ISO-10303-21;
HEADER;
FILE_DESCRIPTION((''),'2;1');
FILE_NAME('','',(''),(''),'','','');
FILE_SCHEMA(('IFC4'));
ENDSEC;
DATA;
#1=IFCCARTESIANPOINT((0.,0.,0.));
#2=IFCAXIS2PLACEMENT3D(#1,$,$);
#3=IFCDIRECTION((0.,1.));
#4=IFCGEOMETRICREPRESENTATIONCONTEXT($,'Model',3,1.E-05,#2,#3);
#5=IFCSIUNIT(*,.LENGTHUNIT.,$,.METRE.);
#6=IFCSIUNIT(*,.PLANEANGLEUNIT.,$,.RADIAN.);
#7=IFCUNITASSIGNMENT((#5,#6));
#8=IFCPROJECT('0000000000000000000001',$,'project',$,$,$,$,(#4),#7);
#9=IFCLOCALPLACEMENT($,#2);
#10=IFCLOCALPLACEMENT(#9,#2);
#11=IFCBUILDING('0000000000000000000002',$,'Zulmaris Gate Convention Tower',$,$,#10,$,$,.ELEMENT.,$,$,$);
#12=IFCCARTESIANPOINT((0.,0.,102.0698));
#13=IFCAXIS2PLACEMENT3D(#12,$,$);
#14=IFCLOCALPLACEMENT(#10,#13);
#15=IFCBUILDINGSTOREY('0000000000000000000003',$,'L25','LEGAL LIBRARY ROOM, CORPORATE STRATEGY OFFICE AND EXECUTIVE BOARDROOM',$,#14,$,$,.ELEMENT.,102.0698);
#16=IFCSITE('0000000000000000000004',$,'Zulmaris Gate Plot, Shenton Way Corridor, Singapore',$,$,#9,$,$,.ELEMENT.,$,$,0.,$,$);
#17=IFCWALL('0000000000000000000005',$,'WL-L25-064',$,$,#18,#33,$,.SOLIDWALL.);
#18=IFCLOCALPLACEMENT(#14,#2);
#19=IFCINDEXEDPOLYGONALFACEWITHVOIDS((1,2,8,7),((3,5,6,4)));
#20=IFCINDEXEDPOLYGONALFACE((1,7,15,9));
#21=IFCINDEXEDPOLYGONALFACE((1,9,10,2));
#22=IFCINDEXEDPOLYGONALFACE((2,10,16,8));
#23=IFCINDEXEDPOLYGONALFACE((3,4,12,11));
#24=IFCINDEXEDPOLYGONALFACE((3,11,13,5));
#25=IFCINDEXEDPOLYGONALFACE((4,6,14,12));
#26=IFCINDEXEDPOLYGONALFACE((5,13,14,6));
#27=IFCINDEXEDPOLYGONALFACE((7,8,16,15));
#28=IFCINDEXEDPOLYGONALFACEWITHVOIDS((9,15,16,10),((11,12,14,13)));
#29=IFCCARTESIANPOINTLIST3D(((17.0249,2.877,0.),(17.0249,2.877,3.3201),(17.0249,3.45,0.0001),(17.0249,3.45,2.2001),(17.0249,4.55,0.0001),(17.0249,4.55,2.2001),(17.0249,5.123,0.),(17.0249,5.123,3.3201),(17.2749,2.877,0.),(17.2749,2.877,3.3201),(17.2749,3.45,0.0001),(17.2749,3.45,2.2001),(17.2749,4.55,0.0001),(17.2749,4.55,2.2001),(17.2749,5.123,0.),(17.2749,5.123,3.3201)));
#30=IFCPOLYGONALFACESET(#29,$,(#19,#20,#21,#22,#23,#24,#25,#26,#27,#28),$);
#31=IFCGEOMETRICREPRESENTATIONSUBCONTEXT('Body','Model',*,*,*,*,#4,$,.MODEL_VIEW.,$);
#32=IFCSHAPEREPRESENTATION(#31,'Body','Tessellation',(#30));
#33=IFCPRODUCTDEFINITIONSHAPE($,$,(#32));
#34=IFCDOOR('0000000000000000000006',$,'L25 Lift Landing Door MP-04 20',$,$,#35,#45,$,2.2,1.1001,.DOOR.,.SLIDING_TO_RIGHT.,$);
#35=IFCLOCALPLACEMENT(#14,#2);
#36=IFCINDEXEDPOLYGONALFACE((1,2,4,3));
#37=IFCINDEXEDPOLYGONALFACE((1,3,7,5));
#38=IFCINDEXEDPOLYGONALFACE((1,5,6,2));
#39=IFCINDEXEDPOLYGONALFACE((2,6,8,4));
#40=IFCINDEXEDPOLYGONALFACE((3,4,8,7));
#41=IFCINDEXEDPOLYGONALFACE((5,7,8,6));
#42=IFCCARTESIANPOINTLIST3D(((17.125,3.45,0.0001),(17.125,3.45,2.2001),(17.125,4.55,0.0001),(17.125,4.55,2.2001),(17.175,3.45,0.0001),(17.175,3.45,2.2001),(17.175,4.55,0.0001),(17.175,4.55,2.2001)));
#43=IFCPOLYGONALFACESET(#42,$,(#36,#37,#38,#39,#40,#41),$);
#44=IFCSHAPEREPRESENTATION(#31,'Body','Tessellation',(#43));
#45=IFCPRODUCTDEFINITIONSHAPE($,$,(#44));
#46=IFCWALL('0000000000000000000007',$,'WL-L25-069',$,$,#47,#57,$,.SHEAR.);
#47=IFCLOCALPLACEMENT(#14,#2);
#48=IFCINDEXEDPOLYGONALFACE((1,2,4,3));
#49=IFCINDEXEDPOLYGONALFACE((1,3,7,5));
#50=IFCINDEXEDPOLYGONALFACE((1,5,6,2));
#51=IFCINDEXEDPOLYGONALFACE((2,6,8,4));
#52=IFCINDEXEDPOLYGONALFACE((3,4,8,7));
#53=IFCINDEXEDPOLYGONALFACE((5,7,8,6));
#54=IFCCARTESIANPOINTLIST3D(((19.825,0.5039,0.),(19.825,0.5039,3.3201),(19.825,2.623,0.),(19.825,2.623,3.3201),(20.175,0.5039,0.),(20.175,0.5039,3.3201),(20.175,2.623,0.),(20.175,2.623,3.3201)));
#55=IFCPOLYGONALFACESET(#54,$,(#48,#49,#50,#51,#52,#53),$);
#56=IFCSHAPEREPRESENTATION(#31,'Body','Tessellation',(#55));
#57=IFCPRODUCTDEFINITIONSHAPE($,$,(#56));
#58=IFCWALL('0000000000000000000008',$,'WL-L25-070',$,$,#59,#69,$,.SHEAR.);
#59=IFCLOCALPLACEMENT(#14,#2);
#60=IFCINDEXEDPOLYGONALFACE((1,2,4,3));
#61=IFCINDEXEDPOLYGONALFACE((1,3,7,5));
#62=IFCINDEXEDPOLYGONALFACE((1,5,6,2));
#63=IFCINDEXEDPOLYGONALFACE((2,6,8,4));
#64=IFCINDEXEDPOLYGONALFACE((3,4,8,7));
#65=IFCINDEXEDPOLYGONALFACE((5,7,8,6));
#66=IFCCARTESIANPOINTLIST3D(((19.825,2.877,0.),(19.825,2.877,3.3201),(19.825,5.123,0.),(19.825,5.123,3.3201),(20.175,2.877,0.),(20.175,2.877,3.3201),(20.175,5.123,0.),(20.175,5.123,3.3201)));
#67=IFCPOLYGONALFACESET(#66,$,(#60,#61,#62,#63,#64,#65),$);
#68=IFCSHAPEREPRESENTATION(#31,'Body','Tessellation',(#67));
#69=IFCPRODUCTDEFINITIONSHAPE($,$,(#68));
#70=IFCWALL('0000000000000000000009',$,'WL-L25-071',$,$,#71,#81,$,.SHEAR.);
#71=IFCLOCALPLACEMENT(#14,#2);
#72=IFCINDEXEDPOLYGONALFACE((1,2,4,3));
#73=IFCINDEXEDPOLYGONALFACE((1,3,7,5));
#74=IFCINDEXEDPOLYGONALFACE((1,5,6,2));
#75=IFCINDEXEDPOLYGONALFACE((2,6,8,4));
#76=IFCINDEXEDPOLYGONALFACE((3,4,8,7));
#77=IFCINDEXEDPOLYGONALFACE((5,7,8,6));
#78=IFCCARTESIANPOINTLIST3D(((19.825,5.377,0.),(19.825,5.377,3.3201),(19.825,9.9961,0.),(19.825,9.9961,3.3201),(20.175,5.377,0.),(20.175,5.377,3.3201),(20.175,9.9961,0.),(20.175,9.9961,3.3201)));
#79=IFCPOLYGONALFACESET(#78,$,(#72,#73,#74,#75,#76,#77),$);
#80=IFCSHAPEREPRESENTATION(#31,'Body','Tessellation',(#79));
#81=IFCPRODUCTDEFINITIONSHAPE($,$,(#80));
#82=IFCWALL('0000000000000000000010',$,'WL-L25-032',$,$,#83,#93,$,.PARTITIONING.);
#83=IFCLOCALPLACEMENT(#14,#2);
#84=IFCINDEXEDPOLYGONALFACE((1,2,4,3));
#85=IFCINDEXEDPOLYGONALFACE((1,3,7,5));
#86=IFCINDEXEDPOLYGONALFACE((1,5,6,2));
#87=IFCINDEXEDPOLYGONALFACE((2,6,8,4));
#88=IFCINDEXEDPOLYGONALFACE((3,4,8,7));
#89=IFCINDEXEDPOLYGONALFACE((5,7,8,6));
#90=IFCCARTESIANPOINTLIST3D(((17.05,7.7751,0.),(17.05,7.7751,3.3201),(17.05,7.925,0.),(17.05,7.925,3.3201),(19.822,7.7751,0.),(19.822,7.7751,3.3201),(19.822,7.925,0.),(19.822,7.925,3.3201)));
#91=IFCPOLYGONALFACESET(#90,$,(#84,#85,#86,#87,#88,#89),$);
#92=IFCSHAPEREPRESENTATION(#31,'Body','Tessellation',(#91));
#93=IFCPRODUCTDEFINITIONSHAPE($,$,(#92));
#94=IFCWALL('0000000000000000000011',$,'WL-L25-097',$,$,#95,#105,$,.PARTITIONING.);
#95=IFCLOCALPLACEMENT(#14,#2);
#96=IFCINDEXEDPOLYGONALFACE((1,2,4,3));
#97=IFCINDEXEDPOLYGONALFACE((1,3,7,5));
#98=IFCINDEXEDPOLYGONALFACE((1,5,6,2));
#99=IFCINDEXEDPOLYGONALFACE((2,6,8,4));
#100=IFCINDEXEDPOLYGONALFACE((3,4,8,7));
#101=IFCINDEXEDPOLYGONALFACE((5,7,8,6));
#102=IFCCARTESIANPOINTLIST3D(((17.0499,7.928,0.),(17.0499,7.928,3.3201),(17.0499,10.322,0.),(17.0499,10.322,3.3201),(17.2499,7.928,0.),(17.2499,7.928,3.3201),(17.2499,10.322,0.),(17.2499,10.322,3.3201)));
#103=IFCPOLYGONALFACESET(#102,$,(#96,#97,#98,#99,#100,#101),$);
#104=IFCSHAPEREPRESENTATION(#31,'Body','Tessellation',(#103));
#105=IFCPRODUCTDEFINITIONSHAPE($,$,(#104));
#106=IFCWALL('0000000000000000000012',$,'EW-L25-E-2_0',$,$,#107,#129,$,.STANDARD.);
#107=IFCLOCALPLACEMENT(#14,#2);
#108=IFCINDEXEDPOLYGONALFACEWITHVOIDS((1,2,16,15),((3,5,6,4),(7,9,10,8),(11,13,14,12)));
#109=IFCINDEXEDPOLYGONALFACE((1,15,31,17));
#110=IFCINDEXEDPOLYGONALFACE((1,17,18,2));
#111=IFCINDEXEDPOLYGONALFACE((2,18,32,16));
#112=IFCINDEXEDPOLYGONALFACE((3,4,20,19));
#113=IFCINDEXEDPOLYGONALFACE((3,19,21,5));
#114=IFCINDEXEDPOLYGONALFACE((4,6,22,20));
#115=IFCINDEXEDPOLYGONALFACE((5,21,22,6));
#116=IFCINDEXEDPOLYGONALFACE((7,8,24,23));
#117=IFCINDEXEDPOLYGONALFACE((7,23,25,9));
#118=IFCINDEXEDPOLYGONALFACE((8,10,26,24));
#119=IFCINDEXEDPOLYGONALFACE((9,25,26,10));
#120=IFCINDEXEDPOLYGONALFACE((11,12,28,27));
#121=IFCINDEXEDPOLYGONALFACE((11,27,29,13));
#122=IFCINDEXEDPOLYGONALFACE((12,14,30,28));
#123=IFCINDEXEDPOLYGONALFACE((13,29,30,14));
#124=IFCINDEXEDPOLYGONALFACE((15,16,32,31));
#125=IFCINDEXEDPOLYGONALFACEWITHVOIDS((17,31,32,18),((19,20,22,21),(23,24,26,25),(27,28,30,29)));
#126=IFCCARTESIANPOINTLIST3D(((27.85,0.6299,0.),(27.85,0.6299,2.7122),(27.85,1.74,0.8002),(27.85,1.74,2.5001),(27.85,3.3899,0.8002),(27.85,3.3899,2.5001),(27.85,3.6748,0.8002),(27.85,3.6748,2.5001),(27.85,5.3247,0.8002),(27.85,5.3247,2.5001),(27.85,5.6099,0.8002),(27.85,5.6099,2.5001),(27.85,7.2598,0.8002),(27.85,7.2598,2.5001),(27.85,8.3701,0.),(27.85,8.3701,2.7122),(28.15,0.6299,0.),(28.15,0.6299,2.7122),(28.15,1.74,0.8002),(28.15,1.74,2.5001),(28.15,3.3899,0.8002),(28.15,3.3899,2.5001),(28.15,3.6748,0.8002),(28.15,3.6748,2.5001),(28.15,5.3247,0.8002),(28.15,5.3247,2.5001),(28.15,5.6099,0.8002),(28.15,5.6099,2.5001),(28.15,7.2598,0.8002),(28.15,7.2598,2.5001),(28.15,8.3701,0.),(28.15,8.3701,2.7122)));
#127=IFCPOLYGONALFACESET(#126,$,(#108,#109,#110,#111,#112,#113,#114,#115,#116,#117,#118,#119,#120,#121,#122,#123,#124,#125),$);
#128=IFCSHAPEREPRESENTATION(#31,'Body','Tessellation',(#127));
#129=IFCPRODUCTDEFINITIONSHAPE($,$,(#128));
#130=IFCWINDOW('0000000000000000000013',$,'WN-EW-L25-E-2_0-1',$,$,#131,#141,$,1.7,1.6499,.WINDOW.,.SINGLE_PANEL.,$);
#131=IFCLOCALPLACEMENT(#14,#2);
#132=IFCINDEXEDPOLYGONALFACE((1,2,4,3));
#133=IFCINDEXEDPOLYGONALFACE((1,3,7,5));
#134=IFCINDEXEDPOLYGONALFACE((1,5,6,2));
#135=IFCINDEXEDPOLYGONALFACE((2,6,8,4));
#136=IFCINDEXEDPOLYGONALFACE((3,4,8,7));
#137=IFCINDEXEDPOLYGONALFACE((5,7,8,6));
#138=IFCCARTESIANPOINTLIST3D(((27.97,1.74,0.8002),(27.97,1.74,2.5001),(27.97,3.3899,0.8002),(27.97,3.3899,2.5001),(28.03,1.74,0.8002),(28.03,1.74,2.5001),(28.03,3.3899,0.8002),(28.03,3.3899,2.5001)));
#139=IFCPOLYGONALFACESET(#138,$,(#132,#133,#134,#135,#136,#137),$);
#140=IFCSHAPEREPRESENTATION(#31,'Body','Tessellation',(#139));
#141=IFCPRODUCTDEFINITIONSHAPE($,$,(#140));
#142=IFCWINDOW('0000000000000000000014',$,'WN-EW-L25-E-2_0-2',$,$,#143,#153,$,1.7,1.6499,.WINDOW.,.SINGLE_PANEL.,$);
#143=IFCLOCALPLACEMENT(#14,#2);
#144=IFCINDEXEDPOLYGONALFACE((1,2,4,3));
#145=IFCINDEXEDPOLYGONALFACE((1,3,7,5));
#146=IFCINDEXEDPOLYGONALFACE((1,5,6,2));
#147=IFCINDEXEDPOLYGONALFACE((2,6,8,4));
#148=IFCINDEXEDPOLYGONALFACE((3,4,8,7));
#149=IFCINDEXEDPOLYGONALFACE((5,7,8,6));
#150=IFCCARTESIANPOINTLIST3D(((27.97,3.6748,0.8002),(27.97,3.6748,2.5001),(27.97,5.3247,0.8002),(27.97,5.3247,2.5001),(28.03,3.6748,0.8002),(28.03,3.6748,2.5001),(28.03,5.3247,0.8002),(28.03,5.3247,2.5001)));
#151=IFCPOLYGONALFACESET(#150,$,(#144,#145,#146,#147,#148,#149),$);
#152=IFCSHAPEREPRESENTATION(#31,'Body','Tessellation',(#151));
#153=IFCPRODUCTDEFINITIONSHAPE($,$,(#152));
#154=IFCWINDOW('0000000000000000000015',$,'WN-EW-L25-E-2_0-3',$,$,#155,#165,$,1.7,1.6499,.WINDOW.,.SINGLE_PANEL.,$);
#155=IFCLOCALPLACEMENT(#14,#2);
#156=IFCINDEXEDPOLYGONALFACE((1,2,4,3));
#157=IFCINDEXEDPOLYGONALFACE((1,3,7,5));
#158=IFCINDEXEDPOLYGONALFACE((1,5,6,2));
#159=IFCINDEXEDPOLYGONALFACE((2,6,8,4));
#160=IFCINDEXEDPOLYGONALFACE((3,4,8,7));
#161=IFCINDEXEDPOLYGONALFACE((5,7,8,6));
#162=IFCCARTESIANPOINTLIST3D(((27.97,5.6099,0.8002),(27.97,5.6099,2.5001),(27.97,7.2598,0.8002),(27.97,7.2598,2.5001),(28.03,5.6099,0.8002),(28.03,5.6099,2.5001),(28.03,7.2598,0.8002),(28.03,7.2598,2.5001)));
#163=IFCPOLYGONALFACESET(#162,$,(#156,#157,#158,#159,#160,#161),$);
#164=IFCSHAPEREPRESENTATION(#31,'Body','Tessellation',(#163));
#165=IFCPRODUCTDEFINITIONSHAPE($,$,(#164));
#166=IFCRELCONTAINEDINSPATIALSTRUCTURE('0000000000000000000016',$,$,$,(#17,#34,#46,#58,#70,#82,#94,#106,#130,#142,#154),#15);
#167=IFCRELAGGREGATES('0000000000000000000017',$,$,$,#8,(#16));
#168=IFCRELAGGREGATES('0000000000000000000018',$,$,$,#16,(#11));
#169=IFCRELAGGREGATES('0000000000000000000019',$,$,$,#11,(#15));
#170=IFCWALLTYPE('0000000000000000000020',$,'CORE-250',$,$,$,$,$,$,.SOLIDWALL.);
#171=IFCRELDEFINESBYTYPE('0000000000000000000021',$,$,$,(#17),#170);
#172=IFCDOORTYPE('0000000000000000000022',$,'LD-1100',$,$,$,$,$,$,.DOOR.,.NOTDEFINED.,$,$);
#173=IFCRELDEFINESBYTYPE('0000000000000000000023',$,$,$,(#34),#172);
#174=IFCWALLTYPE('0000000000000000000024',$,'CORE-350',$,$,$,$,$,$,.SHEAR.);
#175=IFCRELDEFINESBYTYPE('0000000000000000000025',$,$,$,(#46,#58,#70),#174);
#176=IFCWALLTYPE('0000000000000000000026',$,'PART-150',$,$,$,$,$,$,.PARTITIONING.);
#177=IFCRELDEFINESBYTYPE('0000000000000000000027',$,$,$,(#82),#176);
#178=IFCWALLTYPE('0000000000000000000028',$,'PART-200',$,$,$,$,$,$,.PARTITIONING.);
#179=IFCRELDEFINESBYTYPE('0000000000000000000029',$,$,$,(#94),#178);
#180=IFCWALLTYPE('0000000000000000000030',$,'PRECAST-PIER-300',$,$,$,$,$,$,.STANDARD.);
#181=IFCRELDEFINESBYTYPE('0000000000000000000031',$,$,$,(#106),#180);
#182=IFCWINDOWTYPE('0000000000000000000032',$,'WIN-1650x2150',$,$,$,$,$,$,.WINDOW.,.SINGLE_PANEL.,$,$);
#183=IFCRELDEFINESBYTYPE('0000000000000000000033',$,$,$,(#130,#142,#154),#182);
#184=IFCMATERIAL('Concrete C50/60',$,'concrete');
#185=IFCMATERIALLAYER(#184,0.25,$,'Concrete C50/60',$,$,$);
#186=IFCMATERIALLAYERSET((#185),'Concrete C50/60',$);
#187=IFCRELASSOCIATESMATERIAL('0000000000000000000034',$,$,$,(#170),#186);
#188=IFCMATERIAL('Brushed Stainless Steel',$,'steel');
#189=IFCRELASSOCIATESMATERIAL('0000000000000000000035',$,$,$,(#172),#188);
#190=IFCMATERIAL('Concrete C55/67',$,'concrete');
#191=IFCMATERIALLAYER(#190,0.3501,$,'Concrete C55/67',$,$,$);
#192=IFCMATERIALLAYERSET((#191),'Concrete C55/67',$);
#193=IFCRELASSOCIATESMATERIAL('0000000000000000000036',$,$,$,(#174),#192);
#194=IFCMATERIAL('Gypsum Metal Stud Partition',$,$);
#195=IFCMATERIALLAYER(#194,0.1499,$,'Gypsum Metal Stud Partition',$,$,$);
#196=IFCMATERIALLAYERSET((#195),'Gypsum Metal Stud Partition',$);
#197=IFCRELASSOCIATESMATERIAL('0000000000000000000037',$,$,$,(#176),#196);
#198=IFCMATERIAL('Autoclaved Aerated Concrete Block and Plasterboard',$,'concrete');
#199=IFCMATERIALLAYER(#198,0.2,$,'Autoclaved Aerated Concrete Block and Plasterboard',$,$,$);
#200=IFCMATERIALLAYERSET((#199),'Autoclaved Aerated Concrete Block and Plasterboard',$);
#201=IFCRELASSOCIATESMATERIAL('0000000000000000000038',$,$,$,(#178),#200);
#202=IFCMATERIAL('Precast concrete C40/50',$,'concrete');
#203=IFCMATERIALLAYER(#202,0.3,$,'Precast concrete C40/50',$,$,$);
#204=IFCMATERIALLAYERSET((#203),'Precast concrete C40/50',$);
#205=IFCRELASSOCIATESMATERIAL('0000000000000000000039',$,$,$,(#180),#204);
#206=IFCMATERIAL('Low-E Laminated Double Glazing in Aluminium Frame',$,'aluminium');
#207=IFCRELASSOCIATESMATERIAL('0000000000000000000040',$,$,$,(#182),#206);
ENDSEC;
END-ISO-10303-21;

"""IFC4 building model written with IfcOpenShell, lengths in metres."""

from ifc_helpers import new_model, si_unit, direction, frame, frame_2d, origin, place, context, subcontext, project, spatial, rectangle, extrude, material, layer, layer_set, type_object, element, fill, save


model = new_model("IFC4")

# Units and contexts
model_context = context("Model", 3, precision=1e-05, world=origin(), true_north=direction((0.0, 1.0)))
body_context = subcontext(model_context, "Body", "Model", "MODEL_VIEW")
ifc_project = project(units=[si_unit("LENGTHUNIT", "METRE"), si_unit("PLANEANGLEUNIT", "RADIAN")], contexts=[model_context])

# Site, building, storey
site_placement = place(None, origin())
site = spatial("IfcSite", under=ifc_project, at=site_placement, Name="Zulmaris Gate Plot, Shenton Way Corridor, Singapore", CompositionType="ELEMENT", RefElevation=0.0)
building_placement = place(site_placement, origin())
building = spatial("IfcBuilding", under=site, at=building_placement, Name="Zulmaris Gate Convention Tower", CompositionType="ELEMENT")
storey_placement = place(building_placement, frame((0.0, 0.0, 102.0698)))
storey = spatial("IfcBuildingStorey", under=building, at=storey_placement, Name="L25", Description="LEGAL LIBRARY ROOM, CORPORATE STRATEGY OFFICE AND EXECUTIVE BOARDROOM", CompositionType="ELEMENT", Elevation=102.0698)

# Shared definitions
ifc_material_1 = material(Name="Concrete C50/60", Category="concrete")
ifc_layer_1 = layer(ifc_material_1, 0.25, Name="Concrete C50/60")
ifc_layer_set_1 = layer_set([ifc_layer_1], Name="Concrete C50/60")
wall_type_1 = type_object("IfcWallType", Name="CORE-250", PredefinedType="SOLIDWALL", material=ifc_layer_set_1)

# Wall, opening, door
ifc_material_2 = material(Name="Brushed Stainless Steel", Category="steel")
door_type_1 = type_object("IfcDoorType", Name="LD-1100", OperationType="NOTDEFINED", PredefinedType="DOOR", material=ifc_material_2)
wall_1_placement = place(storey_placement, frame((17.1499, 2.877, 0.0), z_axis=(0.0, 0.0, 1.0), x_axis=(0.0, 1.0, 0.0)))
wall_1 = element("IfcWall", 1, at=wall_1_placement, inside=storey, type_object=wall_type_1, Name="WL-L25-064", PredefinedType="SOLIDWALL", context=body_context, shape_type="SweptSolid", body=[
    extrude(rectangle(XDim=2.2461, YDim=0.25, at=frame_2d((1.123, 0.0))), origin(), (0.0, 0.0, 1.0), 3.3201),
])
opening_1_placement = place(wall_1_placement, frame((0.573, 0.0, 0.0)))
opening_1 = element("IfcOpeningElement", 2, at=opening_1_placement, cuts=wall_1, PredefinedType="OPENING", context=body_context, shape_type="SweptSolid", body=[
    extrude(rectangle(XDim=1.1001, YDim=2.2, at=frame_2d((0.55, 1.1001))), frame((0.0, 0.135, 0.0), z_axis=(0.0, -1.0, 0.0), x_axis=(1.0, 0.0, 0.0)), (0.0, 0.0, 1.0), 0.27),
])
door_1_placement = place(opening_1_placement, origin())
door_1 = element("IfcDoor", 3, at=door_1_placement, inside=storey, type_object=door_type_1, Name="L25 Lift Landing Door MP-04 20", OperationType="SLIDING_TO_RIGHT", OverallHeight=2.2, OverallWidth=1.1001, PredefinedType="DOOR", context=body_context, shape_type="SweptSolid", body=[
    extrude(rectangle(XDim=1.1001, YDim=2.2, at=frame_2d((0.55, 1.1001))), frame((0.0, 0.0249, 0.0), z_axis=(0.0, -1.0, 0.0), x_axis=(1.0, 0.0, 0.0)), (0.0, 0.0, 1.0), 0.05),
])
fill(opening_1, door_1)

# Walls
ifc_material_3 = material(Name="Concrete C55/67", Category="concrete")
ifc_layer_2 = layer(ifc_material_3, 0.3501, Name="Concrete C55/67")
ifc_layer_set_2 = layer_set([ifc_layer_2], Name="Concrete C55/67")
wall_type_2 = type_object("IfcWallType", Name="CORE-350", PredefinedType="SHEAR", material=ifc_layer_set_2)
wall_2_placement = place(storey_placement, frame((20.0, 0.5039, 0.0), z_axis=(0.0, 0.0, 1.0), x_axis=(0.0, 1.0, 0.0)))
element("IfcWall", 4, at=wall_2_placement, inside=storey, type_object=wall_type_2, Name="WL-L25-069", PredefinedType="SHEAR", context=body_context, shape_type="SweptSolid", body=[
    extrude(rectangle(XDim=2.1191, YDim=0.3501, at=frame_2d((1.0596, 0.0))), origin(), (0.0, 0.0, 1.0), 3.3201),
])
wall_3_placement = place(storey_placement, frame((20.0, 2.877, 0.0), z_axis=(0.0, 0.0, 1.0), x_axis=(0.0, 1.0, 0.0)))
element("IfcWall", 5, at=wall_3_placement, inside=storey, type_object=wall_type_2, Name="WL-L25-070", PredefinedType="SHEAR", context=body_context, shape_type="SweptSolid", body=[
    extrude(rectangle(XDim=2.2461, YDim=0.3501, at=frame_2d((1.123, 0.0))), origin(), (0.0, 0.0, 1.0), 3.3201),
])
wall_4_placement = place(storey_placement, frame((20.0, 5.377, 0.0), z_axis=(0.0, 0.0, 1.0), x_axis=(0.0, 1.0, 0.0)))
element("IfcWall", 6, at=wall_4_placement, inside=storey, type_object=wall_type_2, Name="WL-L25-071", PredefinedType="SHEAR", context=body_context, shape_type="SweptSolid", body=[
    extrude(rectangle(XDim=4.6191, YDim=0.3501, at=frame_2d((2.3096, 0.0))), origin(), (0.0, 0.0, 1.0), 3.3201),
])
ifc_material_4 = material(Name="Gypsum Metal Stud Partition")
ifc_layer_3 = layer(ifc_material_4, 0.1499, Name="Gypsum Metal Stud Partition")
ifc_layer_set_3 = layer_set([ifc_layer_3], Name="Gypsum Metal Stud Partition")
wall_type_3 = type_object("IfcWallType", Name="PART-150", PredefinedType="PARTITIONING", material=ifc_layer_set_3)
wall_5_placement = place(storey_placement, frame((17.05, 7.8501, 0.0), z_axis=(0.0, 0.0, 1.0), x_axis=(1.0, 0.0, 0.0)))
element("IfcWall", 7, at=wall_5_placement, inside=storey, type_object=wall_type_3, Name="WL-L25-032", PredefinedType="PARTITIONING", context=body_context, shape_type="SweptSolid", body=[
    extrude(rectangle(XDim=2.772, YDim=0.1499, at=frame_2d((1.386, 0.0))), origin(), (0.0, 0.0, 1.0), 3.3201),
])

# Shared definitions
ifc_material_5 = material(Name="Autoclaved Aerated Concrete Block and Plasterboard", Category="concrete")
ifc_layer_4 = layer(ifc_material_5, 0.2, Name="Autoclaved Aerated Concrete Block and Plasterboard")
ifc_layer_set_4 = layer_set([ifc_layer_4], Name="Autoclaved Aerated Concrete Block and Plasterboard")
wall_type_4 = type_object("IfcWallType", Name="PART-200", PredefinedType="PARTITIONING", material=ifc_layer_set_4)

# Wall
wall_6_placement = place(storey_placement, frame((17.1499, 7.928, 0.0), z_axis=(0.0, 0.0, 1.0), x_axis=(0.0, 1.0, 0.0)))
element("IfcWall", 8, at=wall_6_placement, inside=storey, type_object=wall_type_4, Name="WL-L25-097", PredefinedType="PARTITIONING", context=body_context, shape_type="SweptSolid", body=[
    extrude(rectangle(XDim=2.394, YDim=0.2, at=frame_2d((1.197, 0.0))), origin(), (0.0, 0.0, 1.0), 3.3201),
])

# Wall, openings, windows
ifc_material_6 = material(Name="Precast concrete C40/50", Category="concrete")
ifc_layer_5 = layer(ifc_material_6, 0.3, Name="Precast concrete C40/50")
ifc_layer_set_5 = layer_set([ifc_layer_5], Name="Precast concrete C40/50")
wall_type_5 = type_object("IfcWallType", Name="PRECAST-PIER-300", PredefinedType="STANDARD", material=ifc_layer_set_5)
wall_7_placement = place(storey_placement, frame((28.0, 0.6299, 0.0), z_axis=(0.0, 0.0, 1.0), x_axis=(0.0, 1.0, 0.0)))
wall_7 = element("IfcWall", 9, at=wall_7_placement, inside=storey, type_object=wall_type_5, Name="EW-L25-E-2_0", PredefinedType="STANDARD", context=body_context, shape_type="SweptSolid", body=[
    extrude(rectangle(XDim=7.7402, YDim=0.3, at=frame_2d((3.8701, 0.0))), origin(), (0.0, 0.0, 1.0), 2.7122),
])
opening_2_placement = place(wall_7_placement, frame((1.1101, 0.0, 0.8)))
opening_2 = element("IfcOpeningElement", 10, at=opening_2_placement, cuts=wall_7, PredefinedType="OPENING", context=body_context, shape_type="SweptSolid", body=[
    extrude(rectangle(XDim=1.6499, YDim=1.7, at=frame_2d((0.825, 0.8501))), frame((0.0, 0.1602, 0.0), z_axis=(0.0, -1.0, 0.0), x_axis=(1.0, 0.0, 0.0)), (0.0, 0.0, 1.0), 0.3201),
])
opening_3_placement = place(wall_7_placement, frame((3.0449, 0.0, 0.8)))
opening_3 = element("IfcOpeningElement", 11, at=opening_3_placement, cuts=wall_7, PredefinedType="OPENING", context=body_context, shape_type="SweptSolid", body=[
    extrude(rectangle(XDim=1.6499, YDim=1.7, at=frame_2d((0.825, 0.8501))), frame((0.0, 0.1602, 0.0), z_axis=(0.0, -1.0, 0.0), x_axis=(1.0, 0.0, 0.0)), (0.0, 0.0, 1.0), 0.3201),
])
opening_4_placement = place(wall_7_placement, frame((4.98, 0.0, 0.8)))
opening_4 = element("IfcOpeningElement", 12, at=opening_4_placement, cuts=wall_7, PredefinedType="OPENING", context=body_context, shape_type="SweptSolid", body=[
    extrude(rectangle(XDim=1.6499, YDim=1.7, at=frame_2d((0.825, 0.8501))), frame((0.0, 0.1602, 0.0), z_axis=(0.0, -1.0, 0.0), x_axis=(1.0, 0.0, 0.0)), (0.0, 0.0, 1.0), 0.3201),
])
ifc_material_7 = material(Name="Low-E Laminated Double Glazing in Aluminium Frame", Category="aluminium")
window_type = type_object("IfcWindowType", Name="WIN-1650x2150", PartitioningType="SINGLE_PANEL", PredefinedType="WINDOW", material=ifc_material_7)
window_1_placement = place(opening_2_placement, origin())
window_1 = element("IfcWindow", 13, at=window_1_placement, inside=storey, type_object=window_type, Name="WN-EW-L25-E-2_0-1", OverallHeight=1.7, OverallWidth=1.6499, PartitioningType="SINGLE_PANEL", PredefinedType="WINDOW", context=body_context, shape_type="SweptSolid", body=[
    extrude(rectangle(XDim=1.6499, YDim=1.7, at=frame_2d((0.825, 0.8501))), frame((0.0, 0.03, 0.0), z_axis=(0.0, -1.0, 0.0), x_axis=(1.0, 0.0, 0.0)), (0.0, 0.0, 1.0), 0.0601),
])
fill(opening_2, window_1)
window_2_placement = place(opening_3_placement, origin())
window_2 = element("IfcWindow", 14, at=window_2_placement, inside=storey, type_object=window_type, Name="WN-EW-L25-E-2_0-2", OverallHeight=1.7, OverallWidth=1.6499, PartitioningType="SINGLE_PANEL", PredefinedType="WINDOW", context=body_context, shape_type="SweptSolid", body=[
    extrude(rectangle(XDim=1.6499, YDim=1.7, at=frame_2d((0.825, 0.8501))), frame((0.0, 0.03, 0.0), z_axis=(0.0, -1.0, 0.0), x_axis=(1.0, 0.0, 0.0)), (0.0, 0.0, 1.0), 0.0601),
])
fill(opening_3, window_2)
window_3_placement = place(opening_4_placement, origin())
window_3 = element("IfcWindow", 15, at=window_3_placement, inside=storey, type_object=window_type, Name="WN-EW-L25-E-2_0-3", OverallHeight=1.7, OverallWidth=1.6499, PartitioningType="SINGLE_PANEL", PredefinedType="WINDOW", context=body_context, shape_type="SweptSolid", body=[
    extrude(rectangle(XDim=1.6499, YDim=1.7, at=frame_2d((0.825, 0.8501))), frame((0.0, 0.03, 0.0), z_axis=(0.0, -1.0, 0.0), x_axis=(1.0, 0.0, 0.0)), (0.0, 0.0, 1.0), 0.0601),
])
fill(opening_4, window_3)

save(model, "model.ifc")
